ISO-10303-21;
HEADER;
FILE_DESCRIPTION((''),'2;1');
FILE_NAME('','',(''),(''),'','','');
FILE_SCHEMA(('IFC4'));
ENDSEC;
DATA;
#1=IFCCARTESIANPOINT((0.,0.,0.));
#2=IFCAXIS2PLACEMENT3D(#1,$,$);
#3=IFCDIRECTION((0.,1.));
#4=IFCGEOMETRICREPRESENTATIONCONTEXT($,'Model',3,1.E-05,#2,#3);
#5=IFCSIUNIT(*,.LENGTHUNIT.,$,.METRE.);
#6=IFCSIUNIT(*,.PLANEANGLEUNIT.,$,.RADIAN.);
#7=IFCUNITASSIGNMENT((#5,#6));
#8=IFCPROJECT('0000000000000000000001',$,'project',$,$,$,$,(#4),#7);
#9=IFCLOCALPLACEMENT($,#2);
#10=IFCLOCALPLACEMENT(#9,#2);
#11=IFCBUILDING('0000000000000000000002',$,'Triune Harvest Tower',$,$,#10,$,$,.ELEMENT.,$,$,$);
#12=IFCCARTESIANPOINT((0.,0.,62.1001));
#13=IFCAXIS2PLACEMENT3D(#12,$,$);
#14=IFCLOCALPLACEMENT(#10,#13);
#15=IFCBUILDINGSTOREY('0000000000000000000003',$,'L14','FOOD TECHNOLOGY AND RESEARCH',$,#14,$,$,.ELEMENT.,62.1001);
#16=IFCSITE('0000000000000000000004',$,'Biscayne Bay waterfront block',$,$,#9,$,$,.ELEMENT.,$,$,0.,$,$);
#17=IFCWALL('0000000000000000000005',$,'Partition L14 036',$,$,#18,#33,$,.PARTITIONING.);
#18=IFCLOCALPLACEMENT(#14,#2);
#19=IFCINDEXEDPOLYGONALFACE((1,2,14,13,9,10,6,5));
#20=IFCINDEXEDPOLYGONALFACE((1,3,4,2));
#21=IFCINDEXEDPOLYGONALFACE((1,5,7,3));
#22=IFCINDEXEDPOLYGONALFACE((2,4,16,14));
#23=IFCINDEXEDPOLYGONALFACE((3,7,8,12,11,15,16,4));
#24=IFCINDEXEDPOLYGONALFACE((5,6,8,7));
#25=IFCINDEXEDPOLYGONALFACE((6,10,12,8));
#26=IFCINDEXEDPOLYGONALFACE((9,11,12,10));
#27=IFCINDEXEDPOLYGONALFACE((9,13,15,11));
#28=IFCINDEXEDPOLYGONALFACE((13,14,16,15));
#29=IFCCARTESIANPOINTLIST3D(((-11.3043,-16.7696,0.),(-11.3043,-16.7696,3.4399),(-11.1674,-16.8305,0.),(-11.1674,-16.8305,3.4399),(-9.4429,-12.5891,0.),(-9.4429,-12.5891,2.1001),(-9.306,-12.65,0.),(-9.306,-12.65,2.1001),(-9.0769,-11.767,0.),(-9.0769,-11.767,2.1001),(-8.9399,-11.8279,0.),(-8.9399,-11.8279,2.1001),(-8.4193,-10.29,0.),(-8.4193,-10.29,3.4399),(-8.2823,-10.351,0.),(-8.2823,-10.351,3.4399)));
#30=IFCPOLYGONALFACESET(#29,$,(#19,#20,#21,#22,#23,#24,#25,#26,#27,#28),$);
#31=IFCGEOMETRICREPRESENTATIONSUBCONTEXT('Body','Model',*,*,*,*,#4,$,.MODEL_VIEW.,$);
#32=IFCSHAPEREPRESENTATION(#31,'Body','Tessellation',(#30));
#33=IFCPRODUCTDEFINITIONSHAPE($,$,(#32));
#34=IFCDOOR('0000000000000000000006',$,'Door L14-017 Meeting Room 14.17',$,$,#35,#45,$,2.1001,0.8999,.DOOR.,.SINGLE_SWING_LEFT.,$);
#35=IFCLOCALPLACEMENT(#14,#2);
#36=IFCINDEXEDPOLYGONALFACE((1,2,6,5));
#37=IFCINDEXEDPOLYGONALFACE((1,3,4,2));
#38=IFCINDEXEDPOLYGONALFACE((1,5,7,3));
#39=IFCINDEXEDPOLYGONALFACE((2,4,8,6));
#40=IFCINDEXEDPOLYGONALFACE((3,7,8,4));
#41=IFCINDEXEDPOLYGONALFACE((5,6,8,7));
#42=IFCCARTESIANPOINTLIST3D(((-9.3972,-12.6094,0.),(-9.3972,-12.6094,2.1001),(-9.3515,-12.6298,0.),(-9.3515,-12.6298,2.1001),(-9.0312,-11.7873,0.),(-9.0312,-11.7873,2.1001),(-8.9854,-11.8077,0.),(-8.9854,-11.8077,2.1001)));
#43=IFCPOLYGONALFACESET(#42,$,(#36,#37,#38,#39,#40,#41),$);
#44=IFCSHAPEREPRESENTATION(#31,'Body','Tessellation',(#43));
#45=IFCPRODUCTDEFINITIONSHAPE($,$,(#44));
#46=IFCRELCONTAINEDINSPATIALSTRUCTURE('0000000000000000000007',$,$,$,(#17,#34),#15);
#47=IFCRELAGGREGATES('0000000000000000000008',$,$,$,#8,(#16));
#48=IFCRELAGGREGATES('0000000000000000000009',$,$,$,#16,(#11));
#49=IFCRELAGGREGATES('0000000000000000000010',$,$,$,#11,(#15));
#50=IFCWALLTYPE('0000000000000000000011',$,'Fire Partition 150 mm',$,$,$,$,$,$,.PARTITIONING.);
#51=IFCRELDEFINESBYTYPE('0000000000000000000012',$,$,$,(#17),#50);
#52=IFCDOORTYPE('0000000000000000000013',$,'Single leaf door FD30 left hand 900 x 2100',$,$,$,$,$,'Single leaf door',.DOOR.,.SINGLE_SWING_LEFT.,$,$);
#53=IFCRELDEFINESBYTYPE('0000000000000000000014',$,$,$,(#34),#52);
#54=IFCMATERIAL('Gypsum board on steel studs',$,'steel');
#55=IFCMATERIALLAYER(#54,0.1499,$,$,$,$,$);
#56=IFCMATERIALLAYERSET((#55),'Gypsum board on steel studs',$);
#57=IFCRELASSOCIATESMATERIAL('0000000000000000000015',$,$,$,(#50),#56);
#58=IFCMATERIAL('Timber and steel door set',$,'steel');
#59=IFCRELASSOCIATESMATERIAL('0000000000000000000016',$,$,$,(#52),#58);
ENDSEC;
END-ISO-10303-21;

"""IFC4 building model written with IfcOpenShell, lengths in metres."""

from ifc_helpers import new_model, si_unit, direction, frame, frame_2d, origin, place, context, subcontext, project, spatial, rectangle, extrude, source, transform, mapped, material, layer, layer_set, type_object, element, fill, save


model = new_model("IFC4")

# Units and contexts
model_context = context("Model", 3, precision=1e-05, world=origin(), true_north=direction((0.0, 1.0)))
body_context = subcontext(model_context, "Body", "Model", "MODEL_VIEW")
ifc_project = project(units=[si_unit("LENGTHUNIT", "METRE"), si_unit("PLANEANGLEUNIT", "RADIAN")], contexts=[model_context])

# Site, building, storey
site_placement = place(None, origin())
site = spatial("IfcSite", under=ifc_project, at=site_placement, Name="Biscayne Bay waterfront block", CompositionType="ELEMENT", RefElevation=0.0)
building_placement = place(site_placement, origin())
building = spatial("IfcBuilding", under=site, at=building_placement, Name="Triune Harvest Tower", CompositionType="ELEMENT")
storey_placement = place(building_placement, frame((0.0, 0.0, 62.1001)))
storey = spatial("IfcBuildingStorey", under=building, at=storey_placement, Name="L14", Description="FOOD TECHNOLOGY AND RESEARCH", CompositionType="ELEMENT", Elevation=62.1001)

# Shared definitions
ifc_material_1 = material(Name="Gypsum board on steel studs", Category="steel")
ifc_layer_1 = layer(ifc_material_1, 0.1499)
ifc_layer_set_1 = layer_set([ifc_layer_1], Name="Gypsum board on steel studs")
wall_type_1 = type_object("IfcWallType", Name="Fire Partition 150 mm", PredefinedType="PARTITIONING", material=ifc_layer_set_1)

# Wall, opening, door
shared_shape_1 = source(origin(), body_context, "Body", "SweptSolid", [
    extrude(rectangle(XDim=7.0928, YDim=0.1499, at=frame_2d((3.5464, 0.0))), origin(), (0.0, 0.0, 1.0), 3.4399),
])
wall_1_placement = place(storey_placement, frame((-11.2358, -16.8, 0.0), z_axis=(0.0, 0.0, 1.0), x_axis=(0.406755, 0.913537, 0.0)))
wall_1 = element("IfcWall", 1, at=wall_1_placement, inside=storey, type_object=wall_type_1, Name="Partition L14 036", PredefinedType="PARTITIONING", context=body_context, shape_type="MappedRepresentation", body=[
    mapped(shared_shape_1, transform((0.0, 0.0, 0.0), scale=1.0)),
])
opening_placement = place(wall_1_placement, frame((4.5762, 0.0, 0.0)))
opening = element("IfcOpeningElement", 2, at=opening_placement, cuts=wall_1, PredefinedType="OPENING", context=body_context, shape_type="SweptSolid", body=[
    extrude(rectangle(XDim=0.8999, YDim=2.1001, at=frame_2d((0.45, 1.05))), frame((0.0, 0.085, 0.0), z_axis=(0.0, -1.0, 0.0), x_axis=(1.0, 0.0, 0.0)), (0.0, 0.0, 1.0), 0.1699),
])
ifc_material_2 = material(Name="Timber and steel door set", Category="steel")
door_type = type_object("IfcDoorType", Name="Single leaf door FD30 left hand 900 x 2100", ElementType="Single leaf door", OperationType="SINGLE_SWING_LEFT", PredefinedType="DOOR", material=ifc_material_2)
door_placement = place(opening_placement, origin())
door = element("IfcDoor", 3, at=door_placement, inside=storey, type_object=door_type, Name="Door L14-017 Meeting Room 14.17", OperationType="SINGLE_SWING_LEFT", OverallHeight=2.1001, OverallWidth=0.8999, PredefinedType="DOOR", context=body_context, shape_type="SweptSolid", body=[
    extrude(rectangle(XDim=0.8999, YDim=2.1001, at=frame_2d((0.45, 1.05))), frame((0.0, 0.0249, 0.0), z_axis=(0.0, -1.0, 0.0), x_axis=(1.0, 0.0, 0.0)), (0.0, 0.0, 1.0), 0.05),
])
fill(opening, door)

save(model, "model.ifc")
